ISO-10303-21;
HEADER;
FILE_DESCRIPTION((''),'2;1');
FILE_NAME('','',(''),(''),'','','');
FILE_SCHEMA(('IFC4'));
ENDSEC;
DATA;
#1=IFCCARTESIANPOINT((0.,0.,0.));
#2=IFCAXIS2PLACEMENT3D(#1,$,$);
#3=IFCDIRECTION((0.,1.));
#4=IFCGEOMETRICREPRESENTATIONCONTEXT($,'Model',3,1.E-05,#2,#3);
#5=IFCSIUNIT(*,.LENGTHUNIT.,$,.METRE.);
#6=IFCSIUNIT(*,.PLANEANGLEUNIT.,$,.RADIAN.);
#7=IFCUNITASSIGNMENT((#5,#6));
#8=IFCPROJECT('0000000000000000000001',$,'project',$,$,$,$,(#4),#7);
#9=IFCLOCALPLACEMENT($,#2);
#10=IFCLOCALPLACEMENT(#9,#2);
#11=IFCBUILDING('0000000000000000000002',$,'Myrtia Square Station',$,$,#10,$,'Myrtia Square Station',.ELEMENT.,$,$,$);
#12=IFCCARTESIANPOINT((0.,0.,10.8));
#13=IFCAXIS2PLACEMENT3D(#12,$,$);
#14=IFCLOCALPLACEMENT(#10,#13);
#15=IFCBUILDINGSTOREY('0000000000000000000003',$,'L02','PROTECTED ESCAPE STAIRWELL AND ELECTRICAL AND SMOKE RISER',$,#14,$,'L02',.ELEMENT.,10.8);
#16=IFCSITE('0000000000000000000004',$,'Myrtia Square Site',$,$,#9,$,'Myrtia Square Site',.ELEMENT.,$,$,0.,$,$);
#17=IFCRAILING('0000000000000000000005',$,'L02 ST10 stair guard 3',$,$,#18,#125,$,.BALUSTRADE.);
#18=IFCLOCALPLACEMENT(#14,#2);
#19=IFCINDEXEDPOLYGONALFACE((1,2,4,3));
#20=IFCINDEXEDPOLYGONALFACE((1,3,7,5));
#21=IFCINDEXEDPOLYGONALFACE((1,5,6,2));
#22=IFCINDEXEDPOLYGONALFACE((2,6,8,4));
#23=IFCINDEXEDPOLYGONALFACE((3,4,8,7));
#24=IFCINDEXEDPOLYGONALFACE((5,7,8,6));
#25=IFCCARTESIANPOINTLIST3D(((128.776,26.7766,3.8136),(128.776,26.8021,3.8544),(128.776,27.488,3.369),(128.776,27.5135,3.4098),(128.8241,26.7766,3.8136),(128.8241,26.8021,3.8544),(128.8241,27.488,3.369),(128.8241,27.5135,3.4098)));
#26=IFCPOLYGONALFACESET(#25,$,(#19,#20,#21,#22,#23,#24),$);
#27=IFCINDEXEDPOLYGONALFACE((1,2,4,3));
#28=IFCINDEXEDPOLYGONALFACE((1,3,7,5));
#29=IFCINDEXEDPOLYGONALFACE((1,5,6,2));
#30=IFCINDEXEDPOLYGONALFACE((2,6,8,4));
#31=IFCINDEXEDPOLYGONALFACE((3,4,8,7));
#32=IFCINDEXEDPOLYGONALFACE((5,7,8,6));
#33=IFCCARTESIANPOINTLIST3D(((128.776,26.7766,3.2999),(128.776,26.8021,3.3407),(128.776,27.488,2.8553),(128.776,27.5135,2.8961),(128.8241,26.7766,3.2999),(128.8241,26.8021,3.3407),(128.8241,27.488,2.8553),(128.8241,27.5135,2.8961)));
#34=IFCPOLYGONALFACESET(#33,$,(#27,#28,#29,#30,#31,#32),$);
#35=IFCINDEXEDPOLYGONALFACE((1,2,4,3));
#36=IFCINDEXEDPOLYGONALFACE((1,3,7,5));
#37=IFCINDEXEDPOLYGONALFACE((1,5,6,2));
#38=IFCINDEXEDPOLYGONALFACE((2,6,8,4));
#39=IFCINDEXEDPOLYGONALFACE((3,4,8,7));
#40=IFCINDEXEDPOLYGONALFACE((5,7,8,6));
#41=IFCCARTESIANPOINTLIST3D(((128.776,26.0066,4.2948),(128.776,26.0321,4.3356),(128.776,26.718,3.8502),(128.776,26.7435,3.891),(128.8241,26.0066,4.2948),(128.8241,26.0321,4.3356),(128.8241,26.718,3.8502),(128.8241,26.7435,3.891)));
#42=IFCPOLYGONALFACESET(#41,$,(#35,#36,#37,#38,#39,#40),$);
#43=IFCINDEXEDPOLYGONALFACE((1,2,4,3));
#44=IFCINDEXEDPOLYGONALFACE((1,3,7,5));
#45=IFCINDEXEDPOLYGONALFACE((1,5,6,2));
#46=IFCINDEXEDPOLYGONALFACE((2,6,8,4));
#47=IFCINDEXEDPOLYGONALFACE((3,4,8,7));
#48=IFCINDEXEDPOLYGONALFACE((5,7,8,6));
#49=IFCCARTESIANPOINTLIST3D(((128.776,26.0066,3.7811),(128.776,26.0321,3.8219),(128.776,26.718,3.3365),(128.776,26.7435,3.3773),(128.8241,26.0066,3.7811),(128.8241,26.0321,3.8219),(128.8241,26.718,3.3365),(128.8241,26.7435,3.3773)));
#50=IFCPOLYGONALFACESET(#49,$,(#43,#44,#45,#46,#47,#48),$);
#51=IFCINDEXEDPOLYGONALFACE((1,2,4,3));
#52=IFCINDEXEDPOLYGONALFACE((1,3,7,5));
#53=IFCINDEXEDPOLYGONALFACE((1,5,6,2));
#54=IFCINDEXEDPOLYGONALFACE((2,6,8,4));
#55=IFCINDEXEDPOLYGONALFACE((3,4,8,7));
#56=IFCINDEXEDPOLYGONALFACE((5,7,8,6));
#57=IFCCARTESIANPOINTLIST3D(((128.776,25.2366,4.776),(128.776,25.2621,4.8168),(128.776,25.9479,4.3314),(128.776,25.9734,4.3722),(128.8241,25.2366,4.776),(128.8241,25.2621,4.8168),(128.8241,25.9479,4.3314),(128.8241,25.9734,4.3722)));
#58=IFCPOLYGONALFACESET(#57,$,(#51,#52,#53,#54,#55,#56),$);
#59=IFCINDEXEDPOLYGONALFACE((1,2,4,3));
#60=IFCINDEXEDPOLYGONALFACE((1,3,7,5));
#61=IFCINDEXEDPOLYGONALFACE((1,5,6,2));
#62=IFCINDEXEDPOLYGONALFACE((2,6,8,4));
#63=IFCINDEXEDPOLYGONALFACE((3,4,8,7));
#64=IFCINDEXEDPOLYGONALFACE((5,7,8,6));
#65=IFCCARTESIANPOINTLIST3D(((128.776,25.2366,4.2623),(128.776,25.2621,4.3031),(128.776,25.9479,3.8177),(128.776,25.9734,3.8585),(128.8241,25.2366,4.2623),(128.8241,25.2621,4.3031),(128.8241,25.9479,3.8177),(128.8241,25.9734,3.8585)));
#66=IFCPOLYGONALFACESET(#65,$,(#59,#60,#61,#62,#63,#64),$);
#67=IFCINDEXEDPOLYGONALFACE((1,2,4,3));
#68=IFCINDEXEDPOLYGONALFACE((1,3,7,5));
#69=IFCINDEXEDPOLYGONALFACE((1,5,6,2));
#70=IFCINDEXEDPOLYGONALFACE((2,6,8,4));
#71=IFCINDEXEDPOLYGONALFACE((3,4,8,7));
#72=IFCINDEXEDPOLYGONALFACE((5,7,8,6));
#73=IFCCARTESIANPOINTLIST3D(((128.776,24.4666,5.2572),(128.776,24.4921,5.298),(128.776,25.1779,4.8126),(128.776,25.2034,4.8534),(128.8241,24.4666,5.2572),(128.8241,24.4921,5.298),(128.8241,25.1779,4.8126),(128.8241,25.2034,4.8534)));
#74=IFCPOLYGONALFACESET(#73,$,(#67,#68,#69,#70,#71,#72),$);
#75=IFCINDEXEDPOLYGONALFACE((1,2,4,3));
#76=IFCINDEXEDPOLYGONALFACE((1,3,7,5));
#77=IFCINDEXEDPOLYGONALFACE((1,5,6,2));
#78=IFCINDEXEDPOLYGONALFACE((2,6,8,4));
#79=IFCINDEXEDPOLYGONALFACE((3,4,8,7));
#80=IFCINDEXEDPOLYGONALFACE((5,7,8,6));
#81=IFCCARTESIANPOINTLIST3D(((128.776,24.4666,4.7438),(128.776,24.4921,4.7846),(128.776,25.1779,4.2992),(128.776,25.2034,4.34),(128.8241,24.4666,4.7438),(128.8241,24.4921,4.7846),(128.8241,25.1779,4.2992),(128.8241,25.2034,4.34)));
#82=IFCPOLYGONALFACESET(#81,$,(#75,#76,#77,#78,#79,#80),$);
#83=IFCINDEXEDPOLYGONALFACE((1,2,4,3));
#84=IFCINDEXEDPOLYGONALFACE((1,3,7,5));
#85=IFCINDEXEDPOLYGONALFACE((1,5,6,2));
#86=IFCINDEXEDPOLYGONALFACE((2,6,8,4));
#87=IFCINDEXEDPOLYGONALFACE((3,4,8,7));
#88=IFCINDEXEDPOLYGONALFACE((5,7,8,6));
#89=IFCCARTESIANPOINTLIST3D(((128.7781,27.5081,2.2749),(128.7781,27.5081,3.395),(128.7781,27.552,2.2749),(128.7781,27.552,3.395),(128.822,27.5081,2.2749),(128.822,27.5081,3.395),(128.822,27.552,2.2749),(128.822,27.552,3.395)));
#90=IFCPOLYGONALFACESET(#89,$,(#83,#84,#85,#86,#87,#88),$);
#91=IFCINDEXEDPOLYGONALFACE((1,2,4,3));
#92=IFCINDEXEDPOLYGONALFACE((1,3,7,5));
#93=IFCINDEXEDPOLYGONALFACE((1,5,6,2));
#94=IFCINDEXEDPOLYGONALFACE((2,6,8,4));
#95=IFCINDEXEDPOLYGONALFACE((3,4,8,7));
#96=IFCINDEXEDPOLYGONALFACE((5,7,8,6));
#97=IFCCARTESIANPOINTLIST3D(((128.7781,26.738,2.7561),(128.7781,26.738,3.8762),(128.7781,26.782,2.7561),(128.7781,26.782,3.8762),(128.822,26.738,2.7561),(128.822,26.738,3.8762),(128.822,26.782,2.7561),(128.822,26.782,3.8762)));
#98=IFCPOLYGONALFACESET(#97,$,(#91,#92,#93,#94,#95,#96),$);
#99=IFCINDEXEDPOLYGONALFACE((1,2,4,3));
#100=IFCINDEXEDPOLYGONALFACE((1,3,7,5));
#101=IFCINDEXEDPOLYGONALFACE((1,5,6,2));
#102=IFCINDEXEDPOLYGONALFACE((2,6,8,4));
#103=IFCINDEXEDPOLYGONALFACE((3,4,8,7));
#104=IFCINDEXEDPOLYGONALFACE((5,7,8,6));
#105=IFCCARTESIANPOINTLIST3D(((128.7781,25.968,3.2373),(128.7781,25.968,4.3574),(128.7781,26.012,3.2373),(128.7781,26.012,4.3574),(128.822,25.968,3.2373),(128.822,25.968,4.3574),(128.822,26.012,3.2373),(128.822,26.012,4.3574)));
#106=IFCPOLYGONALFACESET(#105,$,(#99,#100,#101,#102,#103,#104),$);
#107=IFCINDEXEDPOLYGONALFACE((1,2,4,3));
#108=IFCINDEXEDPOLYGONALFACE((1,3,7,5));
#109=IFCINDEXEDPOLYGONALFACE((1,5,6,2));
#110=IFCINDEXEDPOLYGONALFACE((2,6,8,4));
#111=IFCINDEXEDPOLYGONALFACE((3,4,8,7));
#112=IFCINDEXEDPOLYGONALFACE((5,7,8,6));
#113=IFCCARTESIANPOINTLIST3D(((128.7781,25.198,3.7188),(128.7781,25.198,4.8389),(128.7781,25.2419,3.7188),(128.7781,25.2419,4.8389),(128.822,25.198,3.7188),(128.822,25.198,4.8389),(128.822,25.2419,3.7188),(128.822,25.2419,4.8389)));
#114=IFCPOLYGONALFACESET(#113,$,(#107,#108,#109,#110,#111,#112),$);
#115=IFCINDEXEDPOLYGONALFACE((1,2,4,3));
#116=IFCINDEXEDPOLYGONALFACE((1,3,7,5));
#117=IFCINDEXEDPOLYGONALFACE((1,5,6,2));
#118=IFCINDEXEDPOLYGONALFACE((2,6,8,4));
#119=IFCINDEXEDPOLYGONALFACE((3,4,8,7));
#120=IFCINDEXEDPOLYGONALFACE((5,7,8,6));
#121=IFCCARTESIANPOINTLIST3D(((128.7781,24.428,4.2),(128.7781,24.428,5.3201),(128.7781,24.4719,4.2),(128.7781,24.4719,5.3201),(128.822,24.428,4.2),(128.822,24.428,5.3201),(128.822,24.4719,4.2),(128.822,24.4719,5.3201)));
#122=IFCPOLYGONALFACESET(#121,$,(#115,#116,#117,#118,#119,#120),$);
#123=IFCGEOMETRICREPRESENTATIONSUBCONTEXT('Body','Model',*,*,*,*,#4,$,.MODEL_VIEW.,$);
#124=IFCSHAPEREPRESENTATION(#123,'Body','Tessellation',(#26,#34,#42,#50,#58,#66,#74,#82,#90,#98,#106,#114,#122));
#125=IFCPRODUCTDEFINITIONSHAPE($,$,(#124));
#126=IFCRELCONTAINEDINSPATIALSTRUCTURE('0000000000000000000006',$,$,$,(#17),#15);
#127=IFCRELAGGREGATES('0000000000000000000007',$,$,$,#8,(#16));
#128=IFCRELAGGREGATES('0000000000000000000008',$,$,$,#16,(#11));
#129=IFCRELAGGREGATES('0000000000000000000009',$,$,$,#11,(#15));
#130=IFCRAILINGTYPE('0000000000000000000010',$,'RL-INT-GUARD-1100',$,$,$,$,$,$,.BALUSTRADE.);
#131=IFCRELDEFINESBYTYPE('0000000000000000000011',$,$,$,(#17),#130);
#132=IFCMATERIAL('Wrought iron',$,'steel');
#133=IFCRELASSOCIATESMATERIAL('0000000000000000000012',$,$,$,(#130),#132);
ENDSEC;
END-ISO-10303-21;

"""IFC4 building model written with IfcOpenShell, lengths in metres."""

from ifc_helpers import new_model, si_unit, direction, frame, origin, origin_2d, place, context, subcontext, project, spatial, rectangle, extrude, material, type_object, element, save


model = new_model("IFC4")

# Units and contexts
model_context = context("Model", 3, precision=1e-05, world=origin(), true_north=direction((0.0, 1.0)))
body_context = subcontext(model_context, "Body", "Model", "MODEL_VIEW")
ifc_project = project(units=[si_unit("LENGTHUNIT", "METRE"), si_unit("PLANEANGLEUNIT", "RADIAN")], contexts=[model_context])

# Site, building, storey
site_placement = place(None, origin())
site = spatial("IfcSite", under=ifc_project, at=site_placement, Name="Myrtia Square Site", LongName="Myrtia Square Site", CompositionType="ELEMENT", RefElevation=0.0)
building_placement = place(site_placement, origin())
building = spatial("IfcBuilding", under=site, at=building_placement, Name="Myrtia Square Station", LongName="Myrtia Square Station", CompositionType="ELEMENT")
storey_placement = place(building_placement, frame((0.0, 0.0, 10.8)))
storey = spatial("IfcBuildingStorey", under=building, at=storey_placement, Name="L02", Description="PROTECTED ESCAPE STAIRWELL AND ELECTRICAL AND SMOKE RISER", LongName="L02", CompositionType="ELEMENT", Elevation=10.8)

# Railing
ifc_material_1 = material(Name="Wrought iron", Category="steel")
railing_type_1 = type_object("IfcRailingType", Name="RL-INT-GUARD-1100", PredefinedType="BALUSTRADE", material=ifc_material_1)
railing_1_placement = place(storey_placement, frame((128.8, 27.53, 2.2749)))
element("IfcRailing", 1, at=railing_1_placement, inside=storey, type_object=railing_type_1, Name="L02 ST10 stair guard 3", PredefinedType="BALUSTRADE", context=body_context, shape_type="SweptSolid", body=[
    extrude(rectangle(XDim=0.0481, YDim=0.0481, at=origin_2d()), frame((0.0, -0.0293, 1.1145), z_axis=(0.0, -0.847998, 0.529999), x_axis=(1.0, 0.0, 0.0)), (0.0, 0.0, 1.0), 0.8389),
    extrude(rectangle(XDim=0.0481, YDim=0.0481, at=origin_2d()), frame((0.0, -0.0293, 0.6008), z_axis=(0.0, -0.847998, 0.529999), x_axis=(1.0, 0.0, 0.0)), (0.0, 0.0, 1.0), 0.8389),
    extrude(rectangle(XDim=0.0481, YDim=0.0481, at=origin_2d()), frame((0.0, -0.7993, 1.5957), z_axis=(0.0, -0.847998, 0.529999), x_axis=(1.0, 0.0, 0.0)), (0.0, 0.0, 1.0), 0.8389),
    extrude(rectangle(XDim=0.0481, YDim=0.0481, at=origin_2d()), frame((0.0, -0.7993, 1.082), z_axis=(0.0, -0.847998, 0.529999), x_axis=(1.0, 0.0, 0.0)), (0.0, 0.0, 1.0), 0.8389),
    extrude(rectangle(XDim=0.0481, YDim=0.0481, at=origin_2d()), frame((0.0, -1.5693, 2.0769), z_axis=(0.0, -0.847998, 0.529999), x_axis=(1.0, 0.0, 0.0)), (0.0, 0.0, 1.0), 0.8389),
    extrude(rectangle(XDim=0.0481, YDim=0.0481, at=origin_2d()), frame((0.0, -1.5693, 1.5632), z_axis=(0.0, -0.847998, 0.529999), x_axis=(1.0, 0.0, 0.0)), (0.0, 0.0, 1.0), 0.8389),
    extrude(rectangle(XDim=0.0481, YDim=0.0481, at=origin_2d()), frame((0.0, -2.3394, 2.5581), z_axis=(0.0, -0.847998, 0.529999), x_axis=(1.0, 0.0, 0.0)), (0.0, 0.0, 1.0), 0.8389),
    extrude(rectangle(XDim=0.0481, YDim=0.0481, at=origin_2d()), frame((0.0, -2.3394, 2.0447), z_axis=(0.0, -0.847998, 0.529999), x_axis=(1.0, 0.0, 0.0)), (0.0, 0.0, 1.0), 0.8389),
    extrude(rectangle(XDim=0.0439, YDim=0.0439, at=origin_2d()), origin(), (0.0, 0.0, 1.0), 1.1201),
    extrude(rectangle(XDim=0.0439, YDim=0.0439, at=origin_2d()), frame((0.0, -0.77, 0.4812)), (0.0, 0.0, 1.0), 1.1201),
    extrude(rectangle(XDim=0.0439, YDim=0.0439, at=origin_2d()), frame((0.0, -1.54, 0.9624)), (0.0, 0.0, 1.0), 1.1201),
    extrude(rectangle(XDim=0.0439, YDim=0.0439, at=origin_2d()), frame((0.0, -2.3101, 1.4438)), (0.0, 0.0, 1.0), 1.1201),
    extrude(rectangle(XDim=0.0439, YDim=0.0439, at=origin_2d()), frame((0.0, -3.0801, 1.925)), (0.0, 0.0, 1.0), 1.1201),
])

save(model, "model.ifc")
